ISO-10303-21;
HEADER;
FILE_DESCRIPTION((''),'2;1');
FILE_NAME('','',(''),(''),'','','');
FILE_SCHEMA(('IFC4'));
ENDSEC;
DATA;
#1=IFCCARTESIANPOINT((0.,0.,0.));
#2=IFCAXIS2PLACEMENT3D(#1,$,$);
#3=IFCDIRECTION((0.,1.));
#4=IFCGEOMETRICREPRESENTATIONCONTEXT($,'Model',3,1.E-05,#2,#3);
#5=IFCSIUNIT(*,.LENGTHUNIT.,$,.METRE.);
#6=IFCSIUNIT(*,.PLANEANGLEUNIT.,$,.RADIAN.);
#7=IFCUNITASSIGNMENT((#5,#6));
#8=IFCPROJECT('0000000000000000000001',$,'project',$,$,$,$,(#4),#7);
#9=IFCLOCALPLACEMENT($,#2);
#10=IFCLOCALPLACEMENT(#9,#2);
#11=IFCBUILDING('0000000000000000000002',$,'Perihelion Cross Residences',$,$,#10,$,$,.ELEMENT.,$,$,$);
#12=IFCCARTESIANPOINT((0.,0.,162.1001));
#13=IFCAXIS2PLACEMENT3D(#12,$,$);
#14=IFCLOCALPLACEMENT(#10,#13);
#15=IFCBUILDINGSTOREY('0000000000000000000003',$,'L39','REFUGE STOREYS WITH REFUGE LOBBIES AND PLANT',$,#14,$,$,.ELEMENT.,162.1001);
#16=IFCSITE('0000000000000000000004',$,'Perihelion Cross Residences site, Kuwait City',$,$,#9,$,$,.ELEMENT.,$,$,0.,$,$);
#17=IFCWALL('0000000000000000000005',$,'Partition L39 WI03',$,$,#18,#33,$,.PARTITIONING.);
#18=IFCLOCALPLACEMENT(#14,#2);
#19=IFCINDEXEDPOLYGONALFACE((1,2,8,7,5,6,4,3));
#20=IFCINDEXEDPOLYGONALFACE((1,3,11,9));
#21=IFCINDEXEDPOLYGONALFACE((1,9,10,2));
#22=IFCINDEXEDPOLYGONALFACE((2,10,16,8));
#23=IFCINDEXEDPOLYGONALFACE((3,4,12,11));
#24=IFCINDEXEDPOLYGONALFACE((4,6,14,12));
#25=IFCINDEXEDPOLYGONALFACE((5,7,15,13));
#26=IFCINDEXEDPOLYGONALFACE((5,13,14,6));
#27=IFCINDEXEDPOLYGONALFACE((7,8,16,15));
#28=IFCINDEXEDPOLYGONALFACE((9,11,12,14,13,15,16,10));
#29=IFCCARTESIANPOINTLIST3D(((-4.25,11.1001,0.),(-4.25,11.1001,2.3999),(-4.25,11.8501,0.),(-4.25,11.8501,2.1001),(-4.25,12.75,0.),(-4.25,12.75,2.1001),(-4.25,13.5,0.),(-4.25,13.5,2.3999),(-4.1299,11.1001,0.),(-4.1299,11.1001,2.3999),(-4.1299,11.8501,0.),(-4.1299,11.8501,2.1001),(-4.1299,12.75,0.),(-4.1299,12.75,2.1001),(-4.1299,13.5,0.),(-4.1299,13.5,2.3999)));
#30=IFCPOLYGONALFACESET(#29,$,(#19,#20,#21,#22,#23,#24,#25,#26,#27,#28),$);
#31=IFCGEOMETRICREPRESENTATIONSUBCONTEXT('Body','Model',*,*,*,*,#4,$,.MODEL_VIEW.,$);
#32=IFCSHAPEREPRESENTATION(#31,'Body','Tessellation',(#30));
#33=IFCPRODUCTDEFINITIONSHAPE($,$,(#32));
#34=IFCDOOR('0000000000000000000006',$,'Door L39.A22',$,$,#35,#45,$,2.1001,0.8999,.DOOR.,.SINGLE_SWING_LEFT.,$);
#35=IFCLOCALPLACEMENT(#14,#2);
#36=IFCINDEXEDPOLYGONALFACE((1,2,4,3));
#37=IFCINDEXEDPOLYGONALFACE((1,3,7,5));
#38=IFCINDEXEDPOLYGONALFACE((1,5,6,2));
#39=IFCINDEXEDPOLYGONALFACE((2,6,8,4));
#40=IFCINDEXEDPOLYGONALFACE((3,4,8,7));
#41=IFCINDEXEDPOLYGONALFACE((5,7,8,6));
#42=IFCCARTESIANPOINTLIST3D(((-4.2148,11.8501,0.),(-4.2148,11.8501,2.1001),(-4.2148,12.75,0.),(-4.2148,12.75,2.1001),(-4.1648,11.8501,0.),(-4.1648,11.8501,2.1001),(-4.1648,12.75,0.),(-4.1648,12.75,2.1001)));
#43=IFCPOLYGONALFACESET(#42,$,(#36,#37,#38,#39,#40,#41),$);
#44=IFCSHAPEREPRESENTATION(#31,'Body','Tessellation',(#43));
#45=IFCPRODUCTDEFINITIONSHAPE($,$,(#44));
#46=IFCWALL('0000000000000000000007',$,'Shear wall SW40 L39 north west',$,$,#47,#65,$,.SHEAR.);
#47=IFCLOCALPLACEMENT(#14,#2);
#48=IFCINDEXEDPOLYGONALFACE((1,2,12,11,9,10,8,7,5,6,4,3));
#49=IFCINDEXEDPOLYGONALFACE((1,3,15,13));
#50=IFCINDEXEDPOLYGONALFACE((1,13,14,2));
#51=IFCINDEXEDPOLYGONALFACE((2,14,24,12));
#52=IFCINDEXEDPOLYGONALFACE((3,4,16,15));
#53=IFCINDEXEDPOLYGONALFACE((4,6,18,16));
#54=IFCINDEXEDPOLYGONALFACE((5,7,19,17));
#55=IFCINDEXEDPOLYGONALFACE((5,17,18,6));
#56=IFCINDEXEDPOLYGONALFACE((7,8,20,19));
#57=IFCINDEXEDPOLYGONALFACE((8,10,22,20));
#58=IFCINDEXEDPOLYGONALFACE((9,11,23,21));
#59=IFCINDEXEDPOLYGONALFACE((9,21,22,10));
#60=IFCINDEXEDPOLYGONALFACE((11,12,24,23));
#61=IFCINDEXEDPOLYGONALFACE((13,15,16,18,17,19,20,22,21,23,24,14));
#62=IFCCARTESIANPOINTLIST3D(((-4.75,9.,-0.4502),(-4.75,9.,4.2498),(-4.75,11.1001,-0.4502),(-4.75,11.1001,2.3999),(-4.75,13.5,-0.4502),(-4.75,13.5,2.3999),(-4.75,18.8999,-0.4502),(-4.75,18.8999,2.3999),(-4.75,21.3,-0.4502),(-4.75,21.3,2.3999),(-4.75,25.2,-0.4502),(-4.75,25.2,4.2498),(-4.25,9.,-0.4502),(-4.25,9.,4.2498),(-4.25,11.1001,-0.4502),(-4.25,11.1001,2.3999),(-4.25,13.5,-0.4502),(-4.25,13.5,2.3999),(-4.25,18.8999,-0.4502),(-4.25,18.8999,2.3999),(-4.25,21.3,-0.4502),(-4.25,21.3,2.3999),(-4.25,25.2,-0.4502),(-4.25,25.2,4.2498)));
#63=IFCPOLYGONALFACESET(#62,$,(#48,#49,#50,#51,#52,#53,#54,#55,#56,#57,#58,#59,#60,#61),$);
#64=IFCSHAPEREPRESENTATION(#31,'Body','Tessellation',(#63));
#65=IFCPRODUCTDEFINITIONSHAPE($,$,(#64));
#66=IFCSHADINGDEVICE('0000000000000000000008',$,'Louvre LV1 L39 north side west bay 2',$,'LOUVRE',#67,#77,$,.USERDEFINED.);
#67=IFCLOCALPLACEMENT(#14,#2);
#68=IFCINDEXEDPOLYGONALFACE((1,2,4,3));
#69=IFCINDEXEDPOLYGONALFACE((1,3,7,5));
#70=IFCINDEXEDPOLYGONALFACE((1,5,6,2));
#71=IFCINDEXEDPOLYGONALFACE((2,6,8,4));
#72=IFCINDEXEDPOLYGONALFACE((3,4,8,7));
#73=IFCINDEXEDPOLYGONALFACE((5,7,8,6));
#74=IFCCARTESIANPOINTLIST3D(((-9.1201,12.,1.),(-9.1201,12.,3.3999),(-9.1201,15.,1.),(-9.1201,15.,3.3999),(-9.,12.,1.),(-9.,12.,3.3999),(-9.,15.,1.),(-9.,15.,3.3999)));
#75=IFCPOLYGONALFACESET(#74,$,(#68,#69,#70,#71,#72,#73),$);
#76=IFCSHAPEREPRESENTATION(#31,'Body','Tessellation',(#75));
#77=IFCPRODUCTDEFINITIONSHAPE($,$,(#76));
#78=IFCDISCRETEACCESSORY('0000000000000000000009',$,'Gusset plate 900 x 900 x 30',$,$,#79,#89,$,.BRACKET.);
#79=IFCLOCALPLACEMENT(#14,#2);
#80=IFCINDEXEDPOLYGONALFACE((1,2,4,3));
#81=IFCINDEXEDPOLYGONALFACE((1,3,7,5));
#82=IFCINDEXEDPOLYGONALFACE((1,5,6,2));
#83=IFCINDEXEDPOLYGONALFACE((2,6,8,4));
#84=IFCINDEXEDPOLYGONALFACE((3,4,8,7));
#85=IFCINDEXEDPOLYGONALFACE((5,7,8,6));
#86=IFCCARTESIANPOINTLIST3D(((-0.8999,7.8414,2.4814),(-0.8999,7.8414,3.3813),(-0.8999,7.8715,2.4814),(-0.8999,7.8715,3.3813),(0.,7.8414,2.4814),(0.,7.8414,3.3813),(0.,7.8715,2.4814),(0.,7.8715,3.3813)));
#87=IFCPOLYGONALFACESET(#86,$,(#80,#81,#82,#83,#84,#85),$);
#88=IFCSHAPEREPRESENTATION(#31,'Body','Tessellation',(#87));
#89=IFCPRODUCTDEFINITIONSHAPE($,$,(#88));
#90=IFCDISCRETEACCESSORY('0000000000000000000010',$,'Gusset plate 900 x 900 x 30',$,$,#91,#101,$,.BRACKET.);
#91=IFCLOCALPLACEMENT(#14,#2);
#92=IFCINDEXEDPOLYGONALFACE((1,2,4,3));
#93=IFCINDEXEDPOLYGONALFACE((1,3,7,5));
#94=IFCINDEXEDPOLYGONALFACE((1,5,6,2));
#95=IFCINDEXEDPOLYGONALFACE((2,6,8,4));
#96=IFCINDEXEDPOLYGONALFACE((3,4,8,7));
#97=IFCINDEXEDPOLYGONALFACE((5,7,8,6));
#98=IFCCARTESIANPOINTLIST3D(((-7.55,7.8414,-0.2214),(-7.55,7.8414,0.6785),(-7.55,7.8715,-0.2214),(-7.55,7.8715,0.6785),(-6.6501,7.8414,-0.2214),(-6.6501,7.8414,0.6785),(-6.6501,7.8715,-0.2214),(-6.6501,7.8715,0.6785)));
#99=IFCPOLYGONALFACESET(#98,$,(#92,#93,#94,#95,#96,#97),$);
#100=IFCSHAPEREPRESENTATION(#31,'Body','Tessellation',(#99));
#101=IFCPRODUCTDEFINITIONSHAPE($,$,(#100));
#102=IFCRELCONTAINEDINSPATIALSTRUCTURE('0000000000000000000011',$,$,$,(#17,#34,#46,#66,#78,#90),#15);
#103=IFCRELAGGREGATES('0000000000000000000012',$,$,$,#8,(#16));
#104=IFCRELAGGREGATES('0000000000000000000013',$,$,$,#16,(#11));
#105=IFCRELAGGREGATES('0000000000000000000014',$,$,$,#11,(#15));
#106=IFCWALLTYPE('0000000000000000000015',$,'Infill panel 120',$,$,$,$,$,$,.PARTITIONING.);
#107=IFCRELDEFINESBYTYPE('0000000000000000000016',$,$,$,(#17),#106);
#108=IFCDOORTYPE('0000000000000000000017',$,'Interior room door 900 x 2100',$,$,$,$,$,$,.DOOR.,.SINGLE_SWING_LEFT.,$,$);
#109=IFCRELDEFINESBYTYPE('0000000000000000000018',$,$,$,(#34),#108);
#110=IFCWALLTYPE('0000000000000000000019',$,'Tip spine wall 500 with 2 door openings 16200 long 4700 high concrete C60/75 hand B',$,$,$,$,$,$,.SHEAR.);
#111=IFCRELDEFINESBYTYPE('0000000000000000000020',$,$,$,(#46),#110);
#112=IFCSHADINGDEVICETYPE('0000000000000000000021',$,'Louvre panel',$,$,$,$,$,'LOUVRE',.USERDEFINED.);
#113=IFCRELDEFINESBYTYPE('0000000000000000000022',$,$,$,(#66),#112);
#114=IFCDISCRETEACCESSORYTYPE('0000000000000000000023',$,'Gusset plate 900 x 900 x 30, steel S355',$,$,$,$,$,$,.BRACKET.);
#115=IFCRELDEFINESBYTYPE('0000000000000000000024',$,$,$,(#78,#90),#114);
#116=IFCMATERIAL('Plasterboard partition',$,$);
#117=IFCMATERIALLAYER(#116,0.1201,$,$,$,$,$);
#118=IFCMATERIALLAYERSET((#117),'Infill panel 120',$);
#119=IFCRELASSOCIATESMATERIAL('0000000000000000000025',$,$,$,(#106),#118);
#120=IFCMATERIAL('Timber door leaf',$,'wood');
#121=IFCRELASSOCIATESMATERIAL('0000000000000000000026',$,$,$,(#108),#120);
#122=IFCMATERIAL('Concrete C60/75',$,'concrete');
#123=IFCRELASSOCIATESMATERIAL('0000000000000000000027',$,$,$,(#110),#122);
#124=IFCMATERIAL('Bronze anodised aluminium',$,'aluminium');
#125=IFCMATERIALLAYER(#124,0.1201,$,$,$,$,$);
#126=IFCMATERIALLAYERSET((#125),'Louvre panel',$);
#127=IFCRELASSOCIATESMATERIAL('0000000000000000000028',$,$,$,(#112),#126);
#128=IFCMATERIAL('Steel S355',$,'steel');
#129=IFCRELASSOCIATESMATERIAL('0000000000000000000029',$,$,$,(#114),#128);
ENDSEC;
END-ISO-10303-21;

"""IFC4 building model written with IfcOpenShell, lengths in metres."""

from ifc_helpers import new_model, si_unit, direction, frame, frame_2d, origin, origin_2d, place, context, subcontext, project, spatial, polyline, rectangle, outline, extrude, material, layer, layer_set, material_profile, profile_set, type_object, element, fill, save


model = new_model("IFC4")

# Units and contexts
model_context = context("Model", 3, precision=1e-05, world=origin(), true_north=direction((0.0, 1.0)))
body_context = subcontext(model_context, "Body", "Model", "MODEL_VIEW")
ifc_project = project(units=[si_unit("LENGTHUNIT", "METRE"), si_unit("PLANEANGLEUNIT", "RADIAN")], contexts=[model_context])

# Site, building, storey
site_placement = place(None, origin())
site = spatial("IfcSite", under=ifc_project, at=site_placement, Name="Perihelion Cross Residences site, Kuwait City", CompositionType="ELEMENT", RefElevation=0.0)
building_placement = place(site_placement, origin())
building = spatial("IfcBuilding", under=site, at=building_placement, Name="Perihelion Cross Residences", CompositionType="ELEMENT")
storey_placement = place(building_placement, frame((0.0, 0.0, 162.1001)))
storey = spatial("IfcBuildingStorey", under=building, at=storey_placement, Name="L39", Description="REFUGE STOREYS WITH REFUGE LOBBIES AND PLANT", CompositionType="ELEMENT", Elevation=162.1001)

# Wall, opening, door
ifc_material_1 = material(Name="Plasterboard partition")
ifc_layer_1 = layer(ifc_material_1, 0.1201)
ifc_layer_set_1 = layer_set([ifc_layer_1], Name="Infill panel 120")
wall_type_1 = type_object("IfcWallType", Name="Infill panel 120", PredefinedType="PARTITIONING", material=ifc_layer_set_1)
wall_1_placement = place(storey_placement, frame((-4.1899, 11.1001, 0.0), z_axis=(0.0, 0.0, 1.0), x_axis=(0.0, 1.0, 0.0)))
wall_1 = element("IfcWall", 1, at=wall_1_placement, inside=storey, type_object=wall_type_1, Name="Partition L39 WI03", PredefinedType="PARTITIONING", context=body_context, shape_type="SweptSolid", body=[
    extrude(rectangle(XDim=2.3999, YDim=0.1201, at=frame_2d((1.2, 0.0))), origin(), (0.0, 0.0, 1.0), 2.3999),
])
opening_1_placement = place(wall_1_placement, frame((0.75, 0.0, 0.0)))
opening_1 = element("IfcOpeningElement", 2, at=opening_1_placement, cuts=wall_1, PredefinedType="OPENING", context=body_context, shape_type="SweptSolid", body=[
    extrude(rectangle(XDim=0.8999, YDim=2.1001, at=frame_2d((0.45, 1.05))), frame((0.0, 0.0701, 0.0), z_axis=(0.0, -1.0, 0.0), x_axis=(1.0, 0.0, 0.0)), (0.0, 0.0, 1.0), 0.1401),
])
ifc_material_2 = material(Name="Timber door leaf", Category="wood")
door_type_1 = type_object("IfcDoorType", Name="Interior room door 900 x 2100", OperationType="SINGLE_SWING_LEFT", PredefinedType="DOOR", material=ifc_material_2)
door_1_placement = place(opening_1_placement, origin())
door_1 = element("IfcDoor", 3, at=door_1_placement, inside=storey, type_object=door_type_1, Name="Door L39.A22", OperationType="SINGLE_SWING_LEFT", OverallHeight=2.1001, OverallWidth=0.8999, PredefinedType="DOOR", context=body_context, shape_type="SweptSolid", body=[
    extrude(rectangle(XDim=0.8999, YDim=2.1001, at=frame_2d((0.45, 1.05))), frame((0.0, 0.0249, 0.0), z_axis=(0.0, -1.0, 0.0), x_axis=(1.0, 0.0, 0.0)), (0.0, 0.0, 1.0), 0.05),
])
fill(opening_1, door_1)

# Wall
ifc_material_3 = material(Name="Concrete C60/75", Category="concrete")
ifc_material_profile_1 = material_profile(ifc_material_3, outline(polyline([(0.0, 0.0), (2.1001, 0.0), (2.1001, 2.8501), (4.5, 2.8501), (4.5, 0.0), (9.8999, 0.0), (9.8999, 2.8501), (12.3, 2.8501), (12.3, 0.0), (16.2, 0.0), (16.2, 4.7), (0.0, 4.7), (0.0, 0.0)])), Name="Tip spine wall")
ifc_profile_set_1 = profile_set([ifc_material_profile_1], Name="Concrete C60/75")
wall_type_2 = type_object("IfcWallType", Name="Tip spine wall 500 with 2 door openings 16200 long 4700 high concrete C60/75 hand B", PredefinedType="SHEAR", material=ifc_profile_set_1)
wall_2_placement = place(storey_placement, frame((-4.75, 9.0, -0.4502), z_axis=(1.0, 0.0, 0.0), x_axis=(0.0, 1.0, 0.0)))
element("IfcWall", 4, at=wall_2_placement, inside=storey, type_object=wall_type_2, Name="Shear wall SW40 L39 north west", PredefinedType="SHEAR", context=body_context, shape_type="SweptSolid", body=[
    extrude(outline(polyline([(0.0, 0.0), (2.1001, 0.0), (2.1001, 2.8501), (4.5, 2.8501), (4.5, 0.0), (9.8999, 0.0), (9.8999, 2.8501), (12.3, 2.8501), (12.3, 0.0), (16.2, 0.0), (16.2, 4.7), (0.0, 4.7), (0.0, 0.0)])), origin(), (0.0, 0.0, 1.0), 0.5),
])

# Shading device
ifc_material_4 = material(Name="Bronze anodised aluminium", Category="aluminium")
ifc_layer_2 = layer(ifc_material_4, 0.1201)
ifc_layer_set_2 = layer_set([ifc_layer_2], Name="Louvre panel")
shading_device_type = type_object("IfcShadingDeviceType", Name="Louvre panel", ElementType="LOUVRE", PredefinedType="USERDEFINED", material=ifc_layer_set_2)
shading_device_placement = place(storey_placement, frame((-9.0601, 13.5, 1.0), z_axis=(0.0, 0.0, 1.0), x_axis=(0.0, -1.0, 0.0)))
element("IfcShadingDevice", 5, at=shading_device_placement, inside=storey, type_object=shading_device_type, Name="Louvre LV1 L39 north side west bay 2", ObjectType="LOUVRE", PredefinedType="USERDEFINED", context=body_context, shape_type="SweptSolid", body=[
    extrude(rectangle(XDim=3.0, YDim=0.1201, at=origin_2d()), origin(), (0.0, 0.0, 1.0), 2.3999),
])

# Discrete accessories
ifc_material_5 = material(Name="Steel S355", Category="steel")
discrete_accessory_type = type_object("IfcDiscreteAccessoryType", Name="Gusset plate 900 x 900 x 30, steel S355", PredefinedType="BRACKET", material=ifc_material_5)
for number, where, z_axis, x_axis, name in (
    (6, (-0.45, 7.8564, 2.4814), (0.0, 0.0, 1.0), (-1.0, 0.0, 0.0), "Gusset plate 900 x 900 x 30"),
    (7, (-7.1001, 7.8564, -0.2214), (0.0, 0.0, 1.0), (1.0, 0.0, 0.0), "Gusset plate 900 x 900 x 30"),
):
    element("IfcDiscreteAccessory", number, at=place(storey_placement, frame(where, z_axis=z_axis, x_axis=x_axis)), inside=storey, type_object=discrete_accessory_type, Name=name, PredefinedType="BRACKET", context=body_context, shape_type="SweptSolid", body=[
        extrude(rectangle(XDim=0.8999, YDim=0.03, at=origin_2d()), origin(), (0.0, 0.0, 1.0), 0.8999),
    ])

save(model, "model.ifc")
